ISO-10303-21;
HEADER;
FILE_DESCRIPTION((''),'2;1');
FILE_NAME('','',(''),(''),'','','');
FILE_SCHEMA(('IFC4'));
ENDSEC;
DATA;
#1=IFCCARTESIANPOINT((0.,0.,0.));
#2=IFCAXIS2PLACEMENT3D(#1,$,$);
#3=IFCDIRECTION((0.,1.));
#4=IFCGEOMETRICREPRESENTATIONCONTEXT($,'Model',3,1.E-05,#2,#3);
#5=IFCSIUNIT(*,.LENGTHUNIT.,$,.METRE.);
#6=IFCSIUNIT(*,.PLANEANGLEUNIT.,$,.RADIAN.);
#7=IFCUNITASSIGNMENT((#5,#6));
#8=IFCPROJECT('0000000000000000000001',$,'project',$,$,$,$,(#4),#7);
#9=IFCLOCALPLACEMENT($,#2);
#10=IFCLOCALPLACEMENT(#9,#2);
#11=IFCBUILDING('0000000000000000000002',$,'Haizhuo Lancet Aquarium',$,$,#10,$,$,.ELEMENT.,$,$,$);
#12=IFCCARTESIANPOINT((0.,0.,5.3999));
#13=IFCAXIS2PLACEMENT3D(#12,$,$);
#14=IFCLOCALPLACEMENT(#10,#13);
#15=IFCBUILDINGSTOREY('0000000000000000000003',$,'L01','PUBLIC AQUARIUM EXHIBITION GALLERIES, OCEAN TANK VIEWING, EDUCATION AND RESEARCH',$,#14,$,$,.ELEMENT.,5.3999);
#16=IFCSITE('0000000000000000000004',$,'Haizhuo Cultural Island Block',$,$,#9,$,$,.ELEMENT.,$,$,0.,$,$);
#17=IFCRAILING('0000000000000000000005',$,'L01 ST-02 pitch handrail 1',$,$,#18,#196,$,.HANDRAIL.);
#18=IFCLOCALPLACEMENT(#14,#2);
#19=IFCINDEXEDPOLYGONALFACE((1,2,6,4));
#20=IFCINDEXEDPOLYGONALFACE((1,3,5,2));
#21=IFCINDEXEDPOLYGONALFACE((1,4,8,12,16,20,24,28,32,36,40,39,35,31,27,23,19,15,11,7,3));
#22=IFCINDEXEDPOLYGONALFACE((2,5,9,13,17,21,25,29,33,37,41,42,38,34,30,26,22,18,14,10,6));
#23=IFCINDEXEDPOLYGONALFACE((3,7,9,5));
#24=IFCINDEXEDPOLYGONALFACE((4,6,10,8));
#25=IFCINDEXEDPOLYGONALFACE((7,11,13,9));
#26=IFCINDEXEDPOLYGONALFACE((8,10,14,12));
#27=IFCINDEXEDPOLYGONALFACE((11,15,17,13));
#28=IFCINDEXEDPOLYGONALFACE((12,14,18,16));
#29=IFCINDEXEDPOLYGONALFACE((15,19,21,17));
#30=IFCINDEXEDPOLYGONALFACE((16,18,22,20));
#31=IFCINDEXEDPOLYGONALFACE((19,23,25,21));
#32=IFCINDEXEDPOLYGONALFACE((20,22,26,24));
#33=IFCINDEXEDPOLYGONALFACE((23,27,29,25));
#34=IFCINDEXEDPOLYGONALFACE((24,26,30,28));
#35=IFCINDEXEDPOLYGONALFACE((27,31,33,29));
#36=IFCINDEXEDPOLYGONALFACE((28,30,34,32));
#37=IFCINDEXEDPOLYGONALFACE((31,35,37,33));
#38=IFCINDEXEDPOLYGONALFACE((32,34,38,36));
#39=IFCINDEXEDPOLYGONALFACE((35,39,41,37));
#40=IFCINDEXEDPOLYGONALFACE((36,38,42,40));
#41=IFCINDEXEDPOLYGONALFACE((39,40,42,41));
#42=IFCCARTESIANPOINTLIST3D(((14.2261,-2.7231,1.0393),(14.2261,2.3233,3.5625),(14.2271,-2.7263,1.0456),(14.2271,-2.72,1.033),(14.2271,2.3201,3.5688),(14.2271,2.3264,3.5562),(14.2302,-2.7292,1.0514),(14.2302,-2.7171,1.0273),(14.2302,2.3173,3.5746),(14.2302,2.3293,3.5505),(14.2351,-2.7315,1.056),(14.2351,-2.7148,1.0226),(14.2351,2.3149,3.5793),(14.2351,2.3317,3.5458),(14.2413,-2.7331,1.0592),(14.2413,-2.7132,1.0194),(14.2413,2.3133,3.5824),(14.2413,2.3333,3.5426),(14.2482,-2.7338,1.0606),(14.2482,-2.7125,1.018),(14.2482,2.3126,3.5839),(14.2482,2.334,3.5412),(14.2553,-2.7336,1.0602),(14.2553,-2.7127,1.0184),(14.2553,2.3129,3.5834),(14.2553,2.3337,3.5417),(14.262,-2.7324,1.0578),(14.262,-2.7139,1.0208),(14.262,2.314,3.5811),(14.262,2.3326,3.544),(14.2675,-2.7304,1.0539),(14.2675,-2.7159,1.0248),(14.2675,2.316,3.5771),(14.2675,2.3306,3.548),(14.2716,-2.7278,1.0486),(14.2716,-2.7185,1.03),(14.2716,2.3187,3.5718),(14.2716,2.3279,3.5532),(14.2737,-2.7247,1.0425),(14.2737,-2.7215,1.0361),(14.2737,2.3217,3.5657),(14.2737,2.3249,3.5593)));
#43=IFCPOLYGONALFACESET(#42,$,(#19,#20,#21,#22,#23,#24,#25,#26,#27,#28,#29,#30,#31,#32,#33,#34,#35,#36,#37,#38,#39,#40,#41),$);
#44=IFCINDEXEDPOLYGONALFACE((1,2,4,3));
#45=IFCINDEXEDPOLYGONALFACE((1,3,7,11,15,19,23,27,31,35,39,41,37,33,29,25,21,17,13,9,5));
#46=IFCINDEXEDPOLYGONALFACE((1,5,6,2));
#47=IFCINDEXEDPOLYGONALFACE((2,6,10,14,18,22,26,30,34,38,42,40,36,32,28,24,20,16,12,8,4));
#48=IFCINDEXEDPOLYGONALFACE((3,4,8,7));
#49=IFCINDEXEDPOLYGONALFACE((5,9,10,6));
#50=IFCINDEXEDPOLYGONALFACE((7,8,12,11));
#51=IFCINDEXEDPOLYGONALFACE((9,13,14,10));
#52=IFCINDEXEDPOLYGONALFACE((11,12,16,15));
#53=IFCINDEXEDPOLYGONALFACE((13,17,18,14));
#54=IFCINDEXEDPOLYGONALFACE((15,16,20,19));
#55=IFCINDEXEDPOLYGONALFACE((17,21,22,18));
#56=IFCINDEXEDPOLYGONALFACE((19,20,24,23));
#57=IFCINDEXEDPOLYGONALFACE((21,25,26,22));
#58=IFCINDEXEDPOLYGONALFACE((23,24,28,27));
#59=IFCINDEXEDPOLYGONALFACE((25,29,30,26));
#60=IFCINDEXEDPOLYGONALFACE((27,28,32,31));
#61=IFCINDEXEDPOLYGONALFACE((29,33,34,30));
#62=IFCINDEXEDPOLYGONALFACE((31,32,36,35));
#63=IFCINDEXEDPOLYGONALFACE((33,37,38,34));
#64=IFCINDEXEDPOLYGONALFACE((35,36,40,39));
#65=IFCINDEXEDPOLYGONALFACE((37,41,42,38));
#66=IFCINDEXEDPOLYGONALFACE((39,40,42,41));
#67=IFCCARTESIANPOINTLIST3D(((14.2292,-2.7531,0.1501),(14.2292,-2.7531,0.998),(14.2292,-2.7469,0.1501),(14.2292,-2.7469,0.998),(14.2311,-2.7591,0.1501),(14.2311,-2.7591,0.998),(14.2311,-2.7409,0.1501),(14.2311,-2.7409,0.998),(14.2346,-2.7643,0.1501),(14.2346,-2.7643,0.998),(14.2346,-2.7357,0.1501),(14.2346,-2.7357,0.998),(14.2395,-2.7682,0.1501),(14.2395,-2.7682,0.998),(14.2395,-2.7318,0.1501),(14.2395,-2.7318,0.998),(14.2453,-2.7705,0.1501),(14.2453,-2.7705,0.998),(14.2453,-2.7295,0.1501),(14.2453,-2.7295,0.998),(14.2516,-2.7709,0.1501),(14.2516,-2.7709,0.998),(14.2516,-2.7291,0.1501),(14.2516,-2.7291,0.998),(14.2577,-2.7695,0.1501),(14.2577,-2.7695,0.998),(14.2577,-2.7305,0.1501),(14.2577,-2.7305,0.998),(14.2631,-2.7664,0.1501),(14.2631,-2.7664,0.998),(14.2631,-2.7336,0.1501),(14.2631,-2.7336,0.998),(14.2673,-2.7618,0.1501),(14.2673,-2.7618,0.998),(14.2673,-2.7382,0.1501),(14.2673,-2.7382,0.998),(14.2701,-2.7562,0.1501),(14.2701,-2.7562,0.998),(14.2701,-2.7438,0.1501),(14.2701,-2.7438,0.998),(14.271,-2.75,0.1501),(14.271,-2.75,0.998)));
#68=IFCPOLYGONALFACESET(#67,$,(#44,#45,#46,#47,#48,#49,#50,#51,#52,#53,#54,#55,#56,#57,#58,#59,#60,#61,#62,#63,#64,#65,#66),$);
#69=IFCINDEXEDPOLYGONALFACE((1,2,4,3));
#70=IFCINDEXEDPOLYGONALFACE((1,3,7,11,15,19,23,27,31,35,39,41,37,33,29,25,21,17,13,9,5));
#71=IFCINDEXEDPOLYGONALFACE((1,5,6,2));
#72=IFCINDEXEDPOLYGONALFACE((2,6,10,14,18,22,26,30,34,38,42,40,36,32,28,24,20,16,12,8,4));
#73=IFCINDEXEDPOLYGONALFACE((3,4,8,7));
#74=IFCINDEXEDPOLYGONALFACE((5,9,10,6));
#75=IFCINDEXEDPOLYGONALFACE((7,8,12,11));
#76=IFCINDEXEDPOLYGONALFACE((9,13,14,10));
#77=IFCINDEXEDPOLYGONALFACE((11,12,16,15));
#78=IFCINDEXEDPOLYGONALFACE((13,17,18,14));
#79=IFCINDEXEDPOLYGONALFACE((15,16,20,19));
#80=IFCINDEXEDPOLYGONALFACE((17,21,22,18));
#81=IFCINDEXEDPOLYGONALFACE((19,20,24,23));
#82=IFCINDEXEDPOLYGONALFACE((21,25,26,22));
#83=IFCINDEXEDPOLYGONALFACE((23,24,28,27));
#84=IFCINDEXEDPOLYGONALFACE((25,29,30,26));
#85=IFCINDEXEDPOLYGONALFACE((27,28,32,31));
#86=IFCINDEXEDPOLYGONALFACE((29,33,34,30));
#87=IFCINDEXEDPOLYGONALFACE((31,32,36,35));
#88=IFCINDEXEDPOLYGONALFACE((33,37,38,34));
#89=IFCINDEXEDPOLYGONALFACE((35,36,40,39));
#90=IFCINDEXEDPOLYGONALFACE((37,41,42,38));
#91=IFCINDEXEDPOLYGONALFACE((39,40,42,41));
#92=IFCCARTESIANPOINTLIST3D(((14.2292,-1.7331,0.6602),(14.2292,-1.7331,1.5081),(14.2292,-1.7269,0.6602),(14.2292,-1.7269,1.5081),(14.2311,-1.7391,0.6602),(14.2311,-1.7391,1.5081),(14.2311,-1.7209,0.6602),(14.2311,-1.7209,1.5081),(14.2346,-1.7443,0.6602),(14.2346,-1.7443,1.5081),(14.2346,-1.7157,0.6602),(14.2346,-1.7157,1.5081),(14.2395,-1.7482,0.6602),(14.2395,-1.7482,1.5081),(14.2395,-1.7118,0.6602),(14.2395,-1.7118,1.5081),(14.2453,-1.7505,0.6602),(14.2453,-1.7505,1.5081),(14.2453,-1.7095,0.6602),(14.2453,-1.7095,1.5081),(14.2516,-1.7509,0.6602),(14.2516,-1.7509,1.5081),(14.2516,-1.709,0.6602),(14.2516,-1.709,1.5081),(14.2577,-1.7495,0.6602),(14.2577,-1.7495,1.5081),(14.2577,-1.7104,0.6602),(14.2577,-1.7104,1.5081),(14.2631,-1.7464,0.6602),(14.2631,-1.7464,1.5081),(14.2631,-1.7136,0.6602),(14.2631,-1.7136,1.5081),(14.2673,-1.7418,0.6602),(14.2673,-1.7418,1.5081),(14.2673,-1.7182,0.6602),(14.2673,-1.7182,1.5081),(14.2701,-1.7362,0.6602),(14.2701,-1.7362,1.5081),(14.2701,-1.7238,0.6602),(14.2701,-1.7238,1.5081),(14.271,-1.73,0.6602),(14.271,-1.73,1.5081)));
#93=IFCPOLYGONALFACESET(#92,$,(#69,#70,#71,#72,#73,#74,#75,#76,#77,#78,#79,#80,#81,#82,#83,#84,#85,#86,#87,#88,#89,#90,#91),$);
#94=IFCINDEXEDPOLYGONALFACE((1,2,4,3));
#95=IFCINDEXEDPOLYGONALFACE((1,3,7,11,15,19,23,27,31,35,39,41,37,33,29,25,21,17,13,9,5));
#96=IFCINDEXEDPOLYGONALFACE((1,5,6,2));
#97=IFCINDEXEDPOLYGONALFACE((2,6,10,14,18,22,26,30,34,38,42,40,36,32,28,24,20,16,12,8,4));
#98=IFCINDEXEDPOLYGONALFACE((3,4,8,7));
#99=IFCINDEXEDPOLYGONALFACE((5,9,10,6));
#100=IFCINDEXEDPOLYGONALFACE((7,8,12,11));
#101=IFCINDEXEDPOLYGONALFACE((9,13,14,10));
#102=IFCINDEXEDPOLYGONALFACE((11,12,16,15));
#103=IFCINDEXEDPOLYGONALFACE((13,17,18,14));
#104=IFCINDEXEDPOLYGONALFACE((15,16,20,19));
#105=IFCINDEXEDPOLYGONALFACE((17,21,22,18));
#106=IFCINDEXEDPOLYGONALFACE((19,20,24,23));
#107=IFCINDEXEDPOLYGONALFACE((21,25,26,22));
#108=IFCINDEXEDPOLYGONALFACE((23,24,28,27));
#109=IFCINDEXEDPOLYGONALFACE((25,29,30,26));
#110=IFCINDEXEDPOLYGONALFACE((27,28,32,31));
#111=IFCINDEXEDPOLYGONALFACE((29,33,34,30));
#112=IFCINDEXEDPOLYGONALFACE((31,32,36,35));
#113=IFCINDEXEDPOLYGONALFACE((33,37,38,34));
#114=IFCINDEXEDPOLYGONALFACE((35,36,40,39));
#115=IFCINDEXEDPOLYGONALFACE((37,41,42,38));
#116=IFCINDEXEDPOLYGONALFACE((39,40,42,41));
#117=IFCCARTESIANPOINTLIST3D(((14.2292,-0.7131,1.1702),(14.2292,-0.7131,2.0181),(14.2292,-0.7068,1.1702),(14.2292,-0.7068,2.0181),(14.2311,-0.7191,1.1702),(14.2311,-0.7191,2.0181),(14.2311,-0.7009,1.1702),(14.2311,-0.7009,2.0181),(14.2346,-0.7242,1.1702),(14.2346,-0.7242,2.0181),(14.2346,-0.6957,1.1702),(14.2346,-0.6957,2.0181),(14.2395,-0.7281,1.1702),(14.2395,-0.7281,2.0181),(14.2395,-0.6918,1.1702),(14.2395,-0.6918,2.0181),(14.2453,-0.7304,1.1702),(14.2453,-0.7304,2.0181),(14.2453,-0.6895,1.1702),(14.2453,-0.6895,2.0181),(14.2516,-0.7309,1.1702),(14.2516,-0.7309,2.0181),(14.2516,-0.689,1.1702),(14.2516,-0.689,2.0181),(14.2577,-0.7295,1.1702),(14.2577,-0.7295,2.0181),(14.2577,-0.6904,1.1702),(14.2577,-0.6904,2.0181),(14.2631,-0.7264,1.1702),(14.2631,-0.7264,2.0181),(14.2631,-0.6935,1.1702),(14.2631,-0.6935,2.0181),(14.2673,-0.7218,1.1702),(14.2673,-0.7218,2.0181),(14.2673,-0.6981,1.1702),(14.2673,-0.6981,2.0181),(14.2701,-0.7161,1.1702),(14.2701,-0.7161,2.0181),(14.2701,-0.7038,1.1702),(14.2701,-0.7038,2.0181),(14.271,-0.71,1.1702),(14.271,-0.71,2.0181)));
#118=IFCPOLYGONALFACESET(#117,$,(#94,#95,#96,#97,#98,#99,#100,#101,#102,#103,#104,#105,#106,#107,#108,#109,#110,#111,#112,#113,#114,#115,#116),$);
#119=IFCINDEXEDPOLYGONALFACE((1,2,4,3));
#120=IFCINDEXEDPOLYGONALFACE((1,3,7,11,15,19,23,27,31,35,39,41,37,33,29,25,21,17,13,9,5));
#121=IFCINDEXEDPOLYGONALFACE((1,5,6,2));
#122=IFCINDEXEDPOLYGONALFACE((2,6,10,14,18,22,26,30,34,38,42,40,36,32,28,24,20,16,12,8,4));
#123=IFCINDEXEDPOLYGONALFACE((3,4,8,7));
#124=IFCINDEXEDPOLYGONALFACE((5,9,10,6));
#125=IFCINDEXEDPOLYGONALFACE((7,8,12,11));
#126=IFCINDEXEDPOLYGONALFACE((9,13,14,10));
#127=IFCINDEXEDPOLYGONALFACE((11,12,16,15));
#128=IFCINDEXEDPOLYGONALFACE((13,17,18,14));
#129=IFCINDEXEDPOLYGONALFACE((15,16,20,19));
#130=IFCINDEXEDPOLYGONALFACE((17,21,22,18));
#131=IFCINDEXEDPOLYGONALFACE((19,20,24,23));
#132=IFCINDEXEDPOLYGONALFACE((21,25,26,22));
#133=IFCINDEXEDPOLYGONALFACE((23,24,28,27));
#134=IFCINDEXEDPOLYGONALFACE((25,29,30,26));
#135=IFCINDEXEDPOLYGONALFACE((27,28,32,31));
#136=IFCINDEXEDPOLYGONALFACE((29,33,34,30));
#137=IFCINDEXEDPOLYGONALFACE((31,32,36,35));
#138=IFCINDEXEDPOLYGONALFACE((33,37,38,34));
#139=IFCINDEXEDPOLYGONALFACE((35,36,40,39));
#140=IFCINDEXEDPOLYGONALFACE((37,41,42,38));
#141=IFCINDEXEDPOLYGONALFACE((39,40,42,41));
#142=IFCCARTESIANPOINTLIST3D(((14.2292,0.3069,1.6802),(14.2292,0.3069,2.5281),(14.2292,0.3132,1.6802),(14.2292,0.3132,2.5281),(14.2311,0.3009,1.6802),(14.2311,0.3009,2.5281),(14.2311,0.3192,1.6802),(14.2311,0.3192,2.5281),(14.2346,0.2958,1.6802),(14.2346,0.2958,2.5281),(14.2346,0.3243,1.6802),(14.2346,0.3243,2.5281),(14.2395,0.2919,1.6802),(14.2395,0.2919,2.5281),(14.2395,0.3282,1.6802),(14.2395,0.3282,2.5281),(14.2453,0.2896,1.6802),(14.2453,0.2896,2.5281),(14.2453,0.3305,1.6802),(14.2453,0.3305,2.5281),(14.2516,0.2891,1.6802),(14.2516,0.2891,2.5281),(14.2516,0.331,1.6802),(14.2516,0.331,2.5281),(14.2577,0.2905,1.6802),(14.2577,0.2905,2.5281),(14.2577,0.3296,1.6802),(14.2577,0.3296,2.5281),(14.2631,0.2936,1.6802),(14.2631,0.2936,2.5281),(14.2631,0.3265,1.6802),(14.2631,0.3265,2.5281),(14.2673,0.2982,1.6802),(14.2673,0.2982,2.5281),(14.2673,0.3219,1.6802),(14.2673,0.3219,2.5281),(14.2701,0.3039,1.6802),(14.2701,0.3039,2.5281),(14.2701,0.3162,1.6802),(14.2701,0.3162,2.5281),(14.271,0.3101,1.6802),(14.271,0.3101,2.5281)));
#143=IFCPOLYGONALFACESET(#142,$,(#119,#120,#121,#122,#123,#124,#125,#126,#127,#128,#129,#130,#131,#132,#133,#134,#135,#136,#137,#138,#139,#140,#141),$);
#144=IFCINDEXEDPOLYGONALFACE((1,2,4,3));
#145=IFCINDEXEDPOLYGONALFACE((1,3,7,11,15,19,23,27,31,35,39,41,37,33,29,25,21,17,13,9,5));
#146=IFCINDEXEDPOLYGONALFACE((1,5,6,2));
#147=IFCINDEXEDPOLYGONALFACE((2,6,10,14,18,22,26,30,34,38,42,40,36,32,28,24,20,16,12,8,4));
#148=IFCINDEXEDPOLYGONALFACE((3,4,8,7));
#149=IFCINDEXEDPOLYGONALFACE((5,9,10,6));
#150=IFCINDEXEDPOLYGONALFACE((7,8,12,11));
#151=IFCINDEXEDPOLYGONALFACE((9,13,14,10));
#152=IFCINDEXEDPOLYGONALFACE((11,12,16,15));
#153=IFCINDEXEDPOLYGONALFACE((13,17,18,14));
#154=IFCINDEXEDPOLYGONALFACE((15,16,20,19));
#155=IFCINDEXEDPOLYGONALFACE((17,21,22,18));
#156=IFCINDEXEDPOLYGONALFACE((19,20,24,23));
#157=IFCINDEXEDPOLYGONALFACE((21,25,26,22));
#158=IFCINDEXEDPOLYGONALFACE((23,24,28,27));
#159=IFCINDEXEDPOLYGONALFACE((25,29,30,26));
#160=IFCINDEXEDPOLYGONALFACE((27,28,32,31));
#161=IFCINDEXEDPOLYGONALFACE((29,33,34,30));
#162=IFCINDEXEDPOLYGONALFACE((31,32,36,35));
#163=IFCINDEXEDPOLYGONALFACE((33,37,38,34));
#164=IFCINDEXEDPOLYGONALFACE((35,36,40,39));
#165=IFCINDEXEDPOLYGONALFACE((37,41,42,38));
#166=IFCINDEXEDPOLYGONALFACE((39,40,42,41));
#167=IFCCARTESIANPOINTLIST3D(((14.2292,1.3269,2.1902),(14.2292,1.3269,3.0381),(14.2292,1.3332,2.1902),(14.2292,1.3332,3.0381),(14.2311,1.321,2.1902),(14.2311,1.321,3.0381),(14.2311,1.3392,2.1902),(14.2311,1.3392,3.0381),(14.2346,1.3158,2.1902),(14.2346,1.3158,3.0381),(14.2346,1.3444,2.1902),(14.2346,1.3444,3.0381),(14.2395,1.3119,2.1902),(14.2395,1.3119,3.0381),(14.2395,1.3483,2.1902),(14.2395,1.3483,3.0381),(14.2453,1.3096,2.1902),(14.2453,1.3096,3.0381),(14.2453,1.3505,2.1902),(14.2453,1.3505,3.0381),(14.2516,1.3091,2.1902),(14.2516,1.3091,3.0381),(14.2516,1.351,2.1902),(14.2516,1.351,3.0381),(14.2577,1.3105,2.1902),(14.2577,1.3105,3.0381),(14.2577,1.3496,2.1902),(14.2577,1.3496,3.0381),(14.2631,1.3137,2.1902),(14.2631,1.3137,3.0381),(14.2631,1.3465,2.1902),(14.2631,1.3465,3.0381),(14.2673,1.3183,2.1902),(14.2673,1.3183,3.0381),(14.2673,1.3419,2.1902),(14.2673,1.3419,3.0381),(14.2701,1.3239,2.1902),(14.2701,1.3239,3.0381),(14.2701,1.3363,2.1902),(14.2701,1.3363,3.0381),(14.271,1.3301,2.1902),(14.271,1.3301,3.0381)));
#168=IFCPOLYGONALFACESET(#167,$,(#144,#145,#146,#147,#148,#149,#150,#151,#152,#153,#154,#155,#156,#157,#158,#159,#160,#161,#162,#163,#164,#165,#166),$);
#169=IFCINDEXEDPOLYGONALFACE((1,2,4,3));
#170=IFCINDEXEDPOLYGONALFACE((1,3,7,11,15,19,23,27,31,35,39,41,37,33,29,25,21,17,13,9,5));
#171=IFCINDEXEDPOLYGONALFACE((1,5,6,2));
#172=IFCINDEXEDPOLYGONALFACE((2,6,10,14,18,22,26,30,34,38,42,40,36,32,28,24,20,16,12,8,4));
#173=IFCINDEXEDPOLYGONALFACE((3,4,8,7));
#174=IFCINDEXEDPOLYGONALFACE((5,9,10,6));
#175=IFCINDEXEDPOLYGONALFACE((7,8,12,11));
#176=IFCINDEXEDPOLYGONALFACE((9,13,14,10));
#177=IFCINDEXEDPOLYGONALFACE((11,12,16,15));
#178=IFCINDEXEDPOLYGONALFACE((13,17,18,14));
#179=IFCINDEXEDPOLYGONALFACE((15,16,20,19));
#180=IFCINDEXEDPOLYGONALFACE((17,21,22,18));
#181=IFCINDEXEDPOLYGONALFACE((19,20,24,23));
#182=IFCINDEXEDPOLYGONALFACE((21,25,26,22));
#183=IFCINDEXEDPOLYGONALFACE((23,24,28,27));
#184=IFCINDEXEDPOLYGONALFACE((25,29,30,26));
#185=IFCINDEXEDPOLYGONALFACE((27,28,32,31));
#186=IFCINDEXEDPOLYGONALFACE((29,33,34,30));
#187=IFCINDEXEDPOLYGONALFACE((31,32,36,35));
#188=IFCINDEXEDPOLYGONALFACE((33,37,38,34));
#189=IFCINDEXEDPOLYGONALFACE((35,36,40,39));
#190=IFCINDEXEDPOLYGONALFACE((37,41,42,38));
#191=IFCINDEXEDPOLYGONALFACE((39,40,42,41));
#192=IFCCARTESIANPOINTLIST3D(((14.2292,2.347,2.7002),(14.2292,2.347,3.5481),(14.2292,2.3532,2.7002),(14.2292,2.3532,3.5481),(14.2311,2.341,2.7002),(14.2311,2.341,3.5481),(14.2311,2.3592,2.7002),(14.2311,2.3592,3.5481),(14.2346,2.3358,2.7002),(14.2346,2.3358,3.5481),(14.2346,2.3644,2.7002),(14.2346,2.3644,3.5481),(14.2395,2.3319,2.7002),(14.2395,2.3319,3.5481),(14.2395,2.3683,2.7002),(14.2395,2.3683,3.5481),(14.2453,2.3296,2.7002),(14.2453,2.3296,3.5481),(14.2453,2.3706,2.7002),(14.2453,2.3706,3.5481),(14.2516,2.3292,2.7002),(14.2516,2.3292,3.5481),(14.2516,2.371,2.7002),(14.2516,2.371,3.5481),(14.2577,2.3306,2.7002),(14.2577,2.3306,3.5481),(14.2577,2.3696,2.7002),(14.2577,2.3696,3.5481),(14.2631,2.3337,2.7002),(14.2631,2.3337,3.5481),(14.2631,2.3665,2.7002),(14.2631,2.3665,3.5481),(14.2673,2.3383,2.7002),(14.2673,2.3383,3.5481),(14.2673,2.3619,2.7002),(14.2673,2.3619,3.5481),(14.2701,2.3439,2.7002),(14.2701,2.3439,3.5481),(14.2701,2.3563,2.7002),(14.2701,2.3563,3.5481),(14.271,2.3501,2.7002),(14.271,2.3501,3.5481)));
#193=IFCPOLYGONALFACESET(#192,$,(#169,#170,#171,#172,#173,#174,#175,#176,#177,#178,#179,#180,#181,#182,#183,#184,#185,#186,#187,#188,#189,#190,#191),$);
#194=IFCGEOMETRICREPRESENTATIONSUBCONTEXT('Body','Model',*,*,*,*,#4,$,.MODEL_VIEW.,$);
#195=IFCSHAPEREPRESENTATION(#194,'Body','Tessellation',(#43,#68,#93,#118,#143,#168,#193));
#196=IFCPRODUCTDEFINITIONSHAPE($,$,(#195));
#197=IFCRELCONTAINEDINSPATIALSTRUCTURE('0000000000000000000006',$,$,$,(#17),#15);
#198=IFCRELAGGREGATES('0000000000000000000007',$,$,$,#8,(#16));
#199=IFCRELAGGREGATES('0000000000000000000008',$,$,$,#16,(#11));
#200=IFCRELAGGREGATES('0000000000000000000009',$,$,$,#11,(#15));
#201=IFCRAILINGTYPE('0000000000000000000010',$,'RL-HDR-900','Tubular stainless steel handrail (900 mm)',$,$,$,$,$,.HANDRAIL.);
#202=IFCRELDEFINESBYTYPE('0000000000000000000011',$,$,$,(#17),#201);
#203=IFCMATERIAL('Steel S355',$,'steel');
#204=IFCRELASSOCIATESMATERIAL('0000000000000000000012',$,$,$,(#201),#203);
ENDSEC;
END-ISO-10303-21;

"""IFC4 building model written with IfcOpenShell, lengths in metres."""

from ifc_helpers import new_model, si_unit, direction, frame, origin, origin_2d, place, context, subcontext, project, spatial, circle, extrude, material, type_object, element, save


model = new_model("IFC4")

# Units and contexts
model_context = context("Model", 3, precision=1e-05, world=origin(), true_north=direction((0.0, 1.0)))
body_context = subcontext(model_context, "Body", "Model", "MODEL_VIEW")
ifc_project = project(units=[si_unit("LENGTHUNIT", "METRE"), si_unit("PLANEANGLEUNIT", "RADIAN")], contexts=[model_context])

# Site, building, storey
site_placement = place(None, origin())
site = spatial("IfcSite", under=ifc_project, at=site_placement, Name="Haizhuo Cultural Island Block", CompositionType="ELEMENT", RefElevation=0.0)
building_placement = place(site_placement, origin())
building = spatial("IfcBuilding", under=site, at=building_placement, Name="Haizhuo Lancet Aquarium", CompositionType="ELEMENT")
storey_placement = place(building_placement, frame((0.0, 0.0, 5.3999)))
storey = spatial("IfcBuildingStorey", under=building, at=storey_placement, Name="L01", Description="PUBLIC AQUARIUM EXHIBITION GALLERIES, OCEAN TANK VIEWING, EDUCATION AND RESEARCH", CompositionType="ELEMENT", Elevation=5.3999)

# Shared definitions
ifc_material_1 = material(Name="Steel S355", Category="steel")

# Railing
railing_type_1 = type_object("IfcRailingType", Name="RL-HDR-900", Description="Tubular stainless steel handrail (900 mm)", PredefinedType="HANDRAIL", material=ifc_material_1)
railing_1_placement = place(storey_placement, frame((14.25, -2.75, 0.1501)))
element("IfcRailing", 1, at=railing_1_placement, inside=storey, type_object=railing_type_1, Name="L01 ST-02 pitch handrail 1", PredefinedType="HANDRAIL", context=body_context, shape_type="SweptSolid", body=[
    extrude(circle(Radius=0.0239, at=origin_2d()), frame((0.0, 0.0269, 0.8892), z_axis=(0.0, 0.894427, 0.447214), x_axis=(-1.0, 0.0, 0.0)), (0.0, 0.0, 1.0), 5.6421),
    extrude(circle(Radius=0.021, at=origin_2d()), origin(), (0.0, 0.0, 1.0), 0.8479),
    extrude(circle(Radius=0.021, at=origin_2d()), frame((0.0, 1.02, 0.51)), (0.0, 0.0, 1.0), 0.8479),
    extrude(circle(Radius=0.021, at=origin_2d()), frame((0.0, 2.04, 1.02)), (0.0, 0.0, 1.0), 0.8479),
    extrude(circle(Radius=0.021, at=origin_2d()), frame((0.0, 3.0601, 1.53)), (0.0, 0.0, 1.0), 0.8479),
    extrude(circle(Radius=0.021, at=origin_2d()), frame((0.0, 4.0801, 2.04)), (0.0, 0.0, 1.0), 0.8479),
    extrude(circle(Radius=0.021, at=origin_2d()), frame((0.0, 5.1001, 2.55)), (0.0, 0.0, 1.0), 0.8479),
])

save(model, "model.ifc")
